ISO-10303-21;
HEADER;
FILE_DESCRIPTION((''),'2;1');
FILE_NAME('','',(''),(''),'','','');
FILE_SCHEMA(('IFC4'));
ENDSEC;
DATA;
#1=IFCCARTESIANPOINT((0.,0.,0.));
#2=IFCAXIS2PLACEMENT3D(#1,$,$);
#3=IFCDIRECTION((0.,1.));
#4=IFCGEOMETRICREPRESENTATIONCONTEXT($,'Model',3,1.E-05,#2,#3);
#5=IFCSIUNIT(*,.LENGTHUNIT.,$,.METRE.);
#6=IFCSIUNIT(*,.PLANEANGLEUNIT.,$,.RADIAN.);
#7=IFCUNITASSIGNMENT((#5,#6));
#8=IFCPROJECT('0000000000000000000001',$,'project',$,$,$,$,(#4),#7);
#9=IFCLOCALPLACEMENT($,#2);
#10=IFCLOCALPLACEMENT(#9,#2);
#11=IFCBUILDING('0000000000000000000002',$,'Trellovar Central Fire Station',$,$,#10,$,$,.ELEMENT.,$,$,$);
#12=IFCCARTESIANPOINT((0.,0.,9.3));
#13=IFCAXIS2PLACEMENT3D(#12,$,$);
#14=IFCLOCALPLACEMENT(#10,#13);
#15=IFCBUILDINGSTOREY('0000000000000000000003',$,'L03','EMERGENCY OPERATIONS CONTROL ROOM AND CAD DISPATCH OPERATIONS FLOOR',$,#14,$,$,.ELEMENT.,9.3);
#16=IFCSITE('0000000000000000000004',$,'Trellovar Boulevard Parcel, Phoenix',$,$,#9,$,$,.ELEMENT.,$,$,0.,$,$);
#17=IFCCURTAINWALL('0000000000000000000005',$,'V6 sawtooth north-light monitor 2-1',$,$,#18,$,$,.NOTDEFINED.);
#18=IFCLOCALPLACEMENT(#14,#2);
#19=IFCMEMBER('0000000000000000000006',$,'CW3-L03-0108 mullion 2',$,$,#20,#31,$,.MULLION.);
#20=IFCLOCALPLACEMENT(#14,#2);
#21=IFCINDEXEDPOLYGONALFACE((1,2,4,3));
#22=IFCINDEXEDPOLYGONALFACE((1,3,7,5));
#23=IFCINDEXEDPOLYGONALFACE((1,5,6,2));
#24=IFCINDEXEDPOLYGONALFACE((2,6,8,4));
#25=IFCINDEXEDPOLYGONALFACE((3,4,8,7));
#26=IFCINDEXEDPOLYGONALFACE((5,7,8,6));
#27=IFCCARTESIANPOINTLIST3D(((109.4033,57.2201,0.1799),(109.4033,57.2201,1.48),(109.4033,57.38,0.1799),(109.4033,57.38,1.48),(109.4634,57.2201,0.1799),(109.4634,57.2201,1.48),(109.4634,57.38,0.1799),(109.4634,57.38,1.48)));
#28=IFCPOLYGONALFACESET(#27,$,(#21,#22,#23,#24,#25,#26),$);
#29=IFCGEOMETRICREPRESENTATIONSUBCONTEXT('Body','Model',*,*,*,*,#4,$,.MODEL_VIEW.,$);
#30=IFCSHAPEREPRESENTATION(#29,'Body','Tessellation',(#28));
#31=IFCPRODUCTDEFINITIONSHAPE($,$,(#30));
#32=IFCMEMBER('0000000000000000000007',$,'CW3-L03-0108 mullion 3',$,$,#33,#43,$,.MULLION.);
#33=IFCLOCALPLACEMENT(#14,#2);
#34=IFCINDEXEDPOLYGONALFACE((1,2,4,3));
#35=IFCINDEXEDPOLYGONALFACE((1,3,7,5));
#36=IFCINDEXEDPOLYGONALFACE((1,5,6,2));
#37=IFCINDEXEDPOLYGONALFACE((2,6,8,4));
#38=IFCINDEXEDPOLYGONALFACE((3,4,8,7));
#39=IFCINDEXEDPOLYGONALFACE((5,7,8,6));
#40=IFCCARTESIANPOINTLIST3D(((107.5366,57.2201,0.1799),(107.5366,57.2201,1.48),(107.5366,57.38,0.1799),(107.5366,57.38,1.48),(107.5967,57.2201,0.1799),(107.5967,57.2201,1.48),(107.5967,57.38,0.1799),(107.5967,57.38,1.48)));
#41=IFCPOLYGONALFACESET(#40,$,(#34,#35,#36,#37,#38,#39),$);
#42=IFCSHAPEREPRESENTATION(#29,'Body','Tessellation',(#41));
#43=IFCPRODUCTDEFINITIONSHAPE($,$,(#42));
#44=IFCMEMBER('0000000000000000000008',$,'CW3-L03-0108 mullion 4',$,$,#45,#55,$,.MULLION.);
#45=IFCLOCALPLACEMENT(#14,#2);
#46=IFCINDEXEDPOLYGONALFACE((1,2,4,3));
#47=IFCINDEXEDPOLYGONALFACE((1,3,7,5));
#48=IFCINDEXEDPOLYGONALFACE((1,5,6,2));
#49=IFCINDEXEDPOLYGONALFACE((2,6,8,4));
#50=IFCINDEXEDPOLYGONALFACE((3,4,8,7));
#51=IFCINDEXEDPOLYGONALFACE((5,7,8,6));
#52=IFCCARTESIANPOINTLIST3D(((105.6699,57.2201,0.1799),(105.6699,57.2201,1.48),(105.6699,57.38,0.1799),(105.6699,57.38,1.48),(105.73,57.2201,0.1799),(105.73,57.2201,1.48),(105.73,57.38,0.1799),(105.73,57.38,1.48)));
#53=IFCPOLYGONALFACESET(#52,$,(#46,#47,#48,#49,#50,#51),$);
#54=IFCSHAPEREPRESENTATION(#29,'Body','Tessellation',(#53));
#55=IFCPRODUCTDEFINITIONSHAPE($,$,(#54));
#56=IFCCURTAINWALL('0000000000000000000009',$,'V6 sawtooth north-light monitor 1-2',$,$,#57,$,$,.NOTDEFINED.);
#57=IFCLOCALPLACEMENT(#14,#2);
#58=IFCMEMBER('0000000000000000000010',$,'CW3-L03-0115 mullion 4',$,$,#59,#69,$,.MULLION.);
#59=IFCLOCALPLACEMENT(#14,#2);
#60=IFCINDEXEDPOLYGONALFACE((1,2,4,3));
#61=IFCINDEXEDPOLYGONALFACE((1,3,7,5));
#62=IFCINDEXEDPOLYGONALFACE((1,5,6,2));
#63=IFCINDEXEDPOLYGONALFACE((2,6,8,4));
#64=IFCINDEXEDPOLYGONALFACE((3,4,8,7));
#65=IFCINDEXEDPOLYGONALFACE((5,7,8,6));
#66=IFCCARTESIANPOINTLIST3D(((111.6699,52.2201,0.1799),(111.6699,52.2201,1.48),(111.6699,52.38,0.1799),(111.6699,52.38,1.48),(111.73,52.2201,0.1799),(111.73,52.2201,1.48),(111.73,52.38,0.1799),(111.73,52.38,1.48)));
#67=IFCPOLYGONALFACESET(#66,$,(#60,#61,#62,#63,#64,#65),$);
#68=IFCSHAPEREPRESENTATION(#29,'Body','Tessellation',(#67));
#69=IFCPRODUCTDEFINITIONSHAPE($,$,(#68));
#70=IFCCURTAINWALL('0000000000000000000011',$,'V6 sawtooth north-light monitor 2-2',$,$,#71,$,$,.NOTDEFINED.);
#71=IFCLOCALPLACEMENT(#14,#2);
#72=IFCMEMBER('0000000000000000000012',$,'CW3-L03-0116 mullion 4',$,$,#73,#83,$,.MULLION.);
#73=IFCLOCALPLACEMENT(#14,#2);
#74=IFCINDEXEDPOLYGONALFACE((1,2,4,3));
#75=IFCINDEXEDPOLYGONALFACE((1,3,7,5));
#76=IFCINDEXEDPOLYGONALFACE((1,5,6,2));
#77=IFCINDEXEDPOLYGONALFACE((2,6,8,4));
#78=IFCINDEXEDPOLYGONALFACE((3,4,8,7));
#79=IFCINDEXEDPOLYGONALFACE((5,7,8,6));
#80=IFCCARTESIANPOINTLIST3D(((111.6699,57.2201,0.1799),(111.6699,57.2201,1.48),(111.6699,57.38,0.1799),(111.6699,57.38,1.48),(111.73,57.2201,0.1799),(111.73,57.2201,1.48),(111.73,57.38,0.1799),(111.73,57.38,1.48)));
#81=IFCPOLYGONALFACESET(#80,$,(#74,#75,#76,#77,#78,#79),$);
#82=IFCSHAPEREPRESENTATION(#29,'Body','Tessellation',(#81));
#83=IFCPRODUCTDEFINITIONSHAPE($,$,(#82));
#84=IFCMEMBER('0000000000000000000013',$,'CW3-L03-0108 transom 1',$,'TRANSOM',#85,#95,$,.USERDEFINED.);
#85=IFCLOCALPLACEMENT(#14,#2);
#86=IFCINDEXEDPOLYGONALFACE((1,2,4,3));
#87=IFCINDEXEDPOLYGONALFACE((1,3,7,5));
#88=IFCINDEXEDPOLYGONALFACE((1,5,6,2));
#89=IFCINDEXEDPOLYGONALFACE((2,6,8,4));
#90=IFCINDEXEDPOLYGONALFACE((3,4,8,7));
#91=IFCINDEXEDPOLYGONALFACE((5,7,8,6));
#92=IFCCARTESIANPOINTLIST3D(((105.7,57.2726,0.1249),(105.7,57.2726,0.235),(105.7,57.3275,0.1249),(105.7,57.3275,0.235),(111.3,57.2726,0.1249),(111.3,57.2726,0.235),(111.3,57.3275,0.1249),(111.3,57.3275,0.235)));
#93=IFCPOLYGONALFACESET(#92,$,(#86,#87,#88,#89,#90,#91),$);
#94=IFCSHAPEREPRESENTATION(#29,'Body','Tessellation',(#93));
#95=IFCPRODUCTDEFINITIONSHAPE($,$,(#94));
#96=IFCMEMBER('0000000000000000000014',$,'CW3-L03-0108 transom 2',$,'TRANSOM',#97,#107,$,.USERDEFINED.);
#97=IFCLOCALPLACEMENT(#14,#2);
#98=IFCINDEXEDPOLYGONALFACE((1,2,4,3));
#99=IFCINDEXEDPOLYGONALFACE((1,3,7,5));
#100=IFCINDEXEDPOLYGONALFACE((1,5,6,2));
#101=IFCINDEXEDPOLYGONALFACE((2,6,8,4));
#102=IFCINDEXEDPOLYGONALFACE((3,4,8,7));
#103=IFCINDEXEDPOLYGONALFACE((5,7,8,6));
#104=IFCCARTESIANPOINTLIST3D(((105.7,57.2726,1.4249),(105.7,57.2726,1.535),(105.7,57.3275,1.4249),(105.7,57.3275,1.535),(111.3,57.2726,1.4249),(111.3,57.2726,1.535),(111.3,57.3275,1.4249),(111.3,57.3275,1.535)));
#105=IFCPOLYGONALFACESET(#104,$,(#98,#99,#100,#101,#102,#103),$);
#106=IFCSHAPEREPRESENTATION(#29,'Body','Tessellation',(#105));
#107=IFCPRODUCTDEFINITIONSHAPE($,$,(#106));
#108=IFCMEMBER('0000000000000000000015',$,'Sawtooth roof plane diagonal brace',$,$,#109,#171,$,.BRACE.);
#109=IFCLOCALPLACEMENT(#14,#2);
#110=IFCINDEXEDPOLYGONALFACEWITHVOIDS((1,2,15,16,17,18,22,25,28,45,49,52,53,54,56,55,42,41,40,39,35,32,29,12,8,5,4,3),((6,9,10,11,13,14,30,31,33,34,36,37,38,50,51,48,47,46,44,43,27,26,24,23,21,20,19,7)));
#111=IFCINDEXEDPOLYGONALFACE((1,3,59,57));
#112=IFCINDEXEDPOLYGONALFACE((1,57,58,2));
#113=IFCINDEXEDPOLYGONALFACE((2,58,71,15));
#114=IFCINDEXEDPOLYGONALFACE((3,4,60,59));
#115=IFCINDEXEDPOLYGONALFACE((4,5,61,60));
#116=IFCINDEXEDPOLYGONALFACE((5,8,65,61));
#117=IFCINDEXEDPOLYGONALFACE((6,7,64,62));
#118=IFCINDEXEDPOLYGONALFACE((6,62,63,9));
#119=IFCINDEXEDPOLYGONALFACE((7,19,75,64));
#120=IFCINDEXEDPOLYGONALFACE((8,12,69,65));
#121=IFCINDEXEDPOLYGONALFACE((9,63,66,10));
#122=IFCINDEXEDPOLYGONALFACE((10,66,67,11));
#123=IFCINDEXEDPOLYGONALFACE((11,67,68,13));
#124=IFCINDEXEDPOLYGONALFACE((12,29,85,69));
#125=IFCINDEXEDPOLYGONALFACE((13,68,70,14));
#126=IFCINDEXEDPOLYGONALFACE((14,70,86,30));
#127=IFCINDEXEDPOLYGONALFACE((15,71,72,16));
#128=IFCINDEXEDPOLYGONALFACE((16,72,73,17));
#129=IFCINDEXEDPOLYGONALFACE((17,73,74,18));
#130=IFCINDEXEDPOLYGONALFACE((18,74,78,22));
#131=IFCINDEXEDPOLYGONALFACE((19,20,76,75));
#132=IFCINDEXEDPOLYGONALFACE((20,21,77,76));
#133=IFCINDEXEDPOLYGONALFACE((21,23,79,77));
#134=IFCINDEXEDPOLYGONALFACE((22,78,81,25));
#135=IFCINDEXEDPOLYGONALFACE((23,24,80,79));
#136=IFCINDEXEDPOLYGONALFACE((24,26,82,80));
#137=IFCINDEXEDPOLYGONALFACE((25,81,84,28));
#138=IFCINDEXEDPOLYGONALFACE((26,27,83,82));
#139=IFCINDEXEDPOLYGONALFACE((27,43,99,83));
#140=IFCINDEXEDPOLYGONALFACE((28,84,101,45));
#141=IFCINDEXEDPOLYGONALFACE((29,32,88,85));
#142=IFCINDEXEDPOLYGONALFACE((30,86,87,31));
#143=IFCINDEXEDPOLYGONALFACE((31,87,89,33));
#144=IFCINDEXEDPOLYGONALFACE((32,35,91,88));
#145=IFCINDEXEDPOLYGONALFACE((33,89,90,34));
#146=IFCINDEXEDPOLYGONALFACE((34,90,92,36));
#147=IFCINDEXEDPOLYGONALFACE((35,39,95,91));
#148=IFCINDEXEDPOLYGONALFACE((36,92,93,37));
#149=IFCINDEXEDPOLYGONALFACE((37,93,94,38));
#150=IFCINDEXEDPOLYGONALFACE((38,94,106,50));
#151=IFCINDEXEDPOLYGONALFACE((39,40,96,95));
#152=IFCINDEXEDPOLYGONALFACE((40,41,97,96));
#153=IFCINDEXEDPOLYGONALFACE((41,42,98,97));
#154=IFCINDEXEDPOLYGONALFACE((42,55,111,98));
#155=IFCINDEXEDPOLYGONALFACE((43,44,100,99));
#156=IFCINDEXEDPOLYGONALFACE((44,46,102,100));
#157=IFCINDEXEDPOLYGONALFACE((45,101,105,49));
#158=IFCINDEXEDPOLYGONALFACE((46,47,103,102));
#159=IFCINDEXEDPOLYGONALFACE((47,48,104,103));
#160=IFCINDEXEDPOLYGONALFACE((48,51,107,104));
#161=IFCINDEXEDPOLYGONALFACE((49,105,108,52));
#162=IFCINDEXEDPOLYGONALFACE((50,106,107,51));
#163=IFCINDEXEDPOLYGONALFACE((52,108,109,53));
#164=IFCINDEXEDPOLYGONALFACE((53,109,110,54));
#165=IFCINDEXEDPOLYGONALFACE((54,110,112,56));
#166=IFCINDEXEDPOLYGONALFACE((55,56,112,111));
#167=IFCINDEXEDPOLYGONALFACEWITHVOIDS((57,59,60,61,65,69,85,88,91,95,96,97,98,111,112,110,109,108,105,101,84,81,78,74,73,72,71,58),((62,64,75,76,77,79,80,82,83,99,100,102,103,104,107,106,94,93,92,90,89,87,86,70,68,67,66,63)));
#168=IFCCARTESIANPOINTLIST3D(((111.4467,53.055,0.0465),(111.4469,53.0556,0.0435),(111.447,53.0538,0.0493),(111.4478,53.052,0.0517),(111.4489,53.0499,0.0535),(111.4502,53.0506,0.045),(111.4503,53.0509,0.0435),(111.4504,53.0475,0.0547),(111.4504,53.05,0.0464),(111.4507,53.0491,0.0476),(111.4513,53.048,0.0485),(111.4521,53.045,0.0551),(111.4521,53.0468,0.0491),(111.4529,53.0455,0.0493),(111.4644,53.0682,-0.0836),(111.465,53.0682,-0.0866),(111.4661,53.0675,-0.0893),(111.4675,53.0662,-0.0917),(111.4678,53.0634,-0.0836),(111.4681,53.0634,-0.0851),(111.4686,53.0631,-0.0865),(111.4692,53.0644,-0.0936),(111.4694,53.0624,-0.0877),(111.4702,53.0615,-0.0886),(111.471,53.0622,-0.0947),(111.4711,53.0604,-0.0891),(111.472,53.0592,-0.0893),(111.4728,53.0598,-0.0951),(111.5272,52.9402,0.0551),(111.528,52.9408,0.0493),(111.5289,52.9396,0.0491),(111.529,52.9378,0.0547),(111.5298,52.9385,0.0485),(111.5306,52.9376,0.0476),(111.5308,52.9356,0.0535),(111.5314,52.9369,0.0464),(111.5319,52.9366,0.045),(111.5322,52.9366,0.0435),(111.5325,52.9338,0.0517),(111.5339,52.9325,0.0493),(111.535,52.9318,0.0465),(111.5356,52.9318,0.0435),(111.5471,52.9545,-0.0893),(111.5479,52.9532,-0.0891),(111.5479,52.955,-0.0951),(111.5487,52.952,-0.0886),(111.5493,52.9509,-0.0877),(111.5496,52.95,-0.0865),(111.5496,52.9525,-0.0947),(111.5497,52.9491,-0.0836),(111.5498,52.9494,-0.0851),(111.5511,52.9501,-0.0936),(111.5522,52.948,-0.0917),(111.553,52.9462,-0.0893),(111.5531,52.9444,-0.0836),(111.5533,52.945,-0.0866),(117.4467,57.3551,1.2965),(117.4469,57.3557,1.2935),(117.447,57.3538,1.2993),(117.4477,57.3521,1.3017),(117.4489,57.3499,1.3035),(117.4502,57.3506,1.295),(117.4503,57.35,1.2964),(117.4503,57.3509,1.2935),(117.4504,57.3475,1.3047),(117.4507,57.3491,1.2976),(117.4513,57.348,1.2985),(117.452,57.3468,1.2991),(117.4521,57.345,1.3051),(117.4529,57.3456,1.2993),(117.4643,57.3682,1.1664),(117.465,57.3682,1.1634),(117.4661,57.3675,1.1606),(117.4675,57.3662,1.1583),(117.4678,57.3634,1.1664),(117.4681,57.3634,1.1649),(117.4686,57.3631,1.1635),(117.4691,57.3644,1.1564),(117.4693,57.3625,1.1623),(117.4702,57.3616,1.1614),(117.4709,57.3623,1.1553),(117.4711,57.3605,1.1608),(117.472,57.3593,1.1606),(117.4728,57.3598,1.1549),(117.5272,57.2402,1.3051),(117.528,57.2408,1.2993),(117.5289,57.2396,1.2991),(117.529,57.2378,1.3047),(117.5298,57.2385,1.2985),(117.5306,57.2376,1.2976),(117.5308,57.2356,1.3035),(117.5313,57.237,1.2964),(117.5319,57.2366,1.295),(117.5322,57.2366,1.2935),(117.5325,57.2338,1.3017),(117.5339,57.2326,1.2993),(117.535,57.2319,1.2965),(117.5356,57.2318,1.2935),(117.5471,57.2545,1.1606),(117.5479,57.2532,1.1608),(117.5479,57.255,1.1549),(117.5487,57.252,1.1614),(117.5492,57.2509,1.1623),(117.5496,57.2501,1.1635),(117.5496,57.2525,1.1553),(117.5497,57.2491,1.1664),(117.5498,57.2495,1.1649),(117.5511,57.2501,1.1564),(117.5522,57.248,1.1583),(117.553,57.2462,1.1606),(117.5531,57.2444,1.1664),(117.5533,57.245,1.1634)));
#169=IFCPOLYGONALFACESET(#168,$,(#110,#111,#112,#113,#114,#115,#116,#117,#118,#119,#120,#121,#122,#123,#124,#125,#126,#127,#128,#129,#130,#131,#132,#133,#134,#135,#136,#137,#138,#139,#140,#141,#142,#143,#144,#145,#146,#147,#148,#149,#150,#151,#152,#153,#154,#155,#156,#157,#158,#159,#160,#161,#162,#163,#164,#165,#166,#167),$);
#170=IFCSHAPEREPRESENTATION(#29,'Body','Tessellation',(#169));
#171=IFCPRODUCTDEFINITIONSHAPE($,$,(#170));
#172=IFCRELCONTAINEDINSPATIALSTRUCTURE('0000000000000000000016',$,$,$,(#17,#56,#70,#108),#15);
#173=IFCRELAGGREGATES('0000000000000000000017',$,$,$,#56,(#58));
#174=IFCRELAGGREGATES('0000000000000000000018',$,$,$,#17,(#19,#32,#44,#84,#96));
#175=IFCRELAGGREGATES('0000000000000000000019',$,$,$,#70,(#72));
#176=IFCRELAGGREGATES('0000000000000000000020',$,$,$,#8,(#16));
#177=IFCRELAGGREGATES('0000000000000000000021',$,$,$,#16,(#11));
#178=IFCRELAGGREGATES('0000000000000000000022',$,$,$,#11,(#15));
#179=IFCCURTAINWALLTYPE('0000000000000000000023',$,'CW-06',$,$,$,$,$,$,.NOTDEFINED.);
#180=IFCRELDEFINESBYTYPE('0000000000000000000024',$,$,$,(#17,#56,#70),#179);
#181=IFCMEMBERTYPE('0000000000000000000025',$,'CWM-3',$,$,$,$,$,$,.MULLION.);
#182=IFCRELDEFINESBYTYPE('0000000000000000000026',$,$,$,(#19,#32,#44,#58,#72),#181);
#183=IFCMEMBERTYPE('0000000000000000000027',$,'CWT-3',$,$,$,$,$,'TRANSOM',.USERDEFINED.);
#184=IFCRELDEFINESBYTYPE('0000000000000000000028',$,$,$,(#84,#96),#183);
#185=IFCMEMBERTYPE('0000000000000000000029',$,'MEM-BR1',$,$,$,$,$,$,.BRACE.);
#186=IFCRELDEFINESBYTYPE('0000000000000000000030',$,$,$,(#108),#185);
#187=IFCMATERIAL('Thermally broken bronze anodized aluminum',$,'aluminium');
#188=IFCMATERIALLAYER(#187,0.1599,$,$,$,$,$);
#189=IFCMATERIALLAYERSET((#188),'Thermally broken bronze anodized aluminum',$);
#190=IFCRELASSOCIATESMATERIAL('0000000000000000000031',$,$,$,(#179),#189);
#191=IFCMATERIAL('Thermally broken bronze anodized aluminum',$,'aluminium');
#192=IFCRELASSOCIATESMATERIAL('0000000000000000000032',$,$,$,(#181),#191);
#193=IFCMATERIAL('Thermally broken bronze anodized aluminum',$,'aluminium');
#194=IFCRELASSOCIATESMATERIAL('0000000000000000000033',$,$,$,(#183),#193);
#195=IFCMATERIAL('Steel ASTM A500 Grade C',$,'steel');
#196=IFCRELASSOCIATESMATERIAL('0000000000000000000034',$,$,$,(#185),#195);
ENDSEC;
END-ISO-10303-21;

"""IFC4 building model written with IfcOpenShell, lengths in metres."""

from ifc_helpers import new_model, si_unit, direction, frame, origin, origin_2d, place, context, subcontext, project, spatial, rectangle, hollow_rectangle, extrude, material, layer, layer_set, material_profile, profile_set, type_object, element, aggregate, save


model = new_model("IFC4")

# Units and contexts
model_context = context("Model", 3, precision=1e-05, world=origin(), true_north=direction((0.0, 1.0)))
body_context = subcontext(model_context, "Body", "Model", "MODEL_VIEW")
ifc_project = project(units=[si_unit("LENGTHUNIT", "METRE"), si_unit("PLANEANGLEUNIT", "RADIAN")], contexts=[model_context])

# Site, building, storey
site_placement = place(None, origin())
site = spatial("IfcSite", under=ifc_project, at=site_placement, Name="Trellovar Boulevard Parcel, Phoenix", CompositionType="ELEMENT", RefElevation=0.0)
building_placement = place(site_placement, origin())
building = spatial("IfcBuilding", under=site, at=building_placement, Name="Trellovar Central Fire Station", CompositionType="ELEMENT")
storey_placement = place(building_placement, frame((0.0, 0.0, 9.3)))
storey = spatial("IfcBuildingStorey", under=building, at=storey_placement, Name="L03", Description="EMERGENCY OPERATIONS CONTROL ROOM AND CAD DISPATCH OPERATIONS FLOOR", CompositionType="ELEMENT", Elevation=9.3)

# Curtain wall, members
ifc_material_1 = material(Name="Thermally broken bronze anodized aluminum", Category="aluminium")
ifc_layer_1 = layer(ifc_material_1, 0.1599)
ifc_layer_set_1 = layer_set([ifc_layer_1], Name="Thermally broken bronze anodized aluminum")
curtain_wall_type = type_object("IfcCurtainWallType", Name="CW-06", PredefinedType="NOTDEFINED", material=ifc_layer_set_1)
curtain_wall_1_placement = place(storey_placement, origin())
curtain_wall_1 = element("IfcCurtainWall", 1, at=curtain_wall_1_placement, inside=storey, type_object=curtain_wall_type, Name="V6 sawtooth north-light monitor 2-1", PredefinedType="NOTDEFINED")
ifc_material_2 = material(Name="Thermally broken bronze anodized aluminum", Category="aluminium")
ifc_material_profile_1 = material_profile(ifc_material_2, rectangle(XDim=0.0601, YDim=0.1599, at=origin_2d()), Name="ALU60X160")
ifc_profile_set_1 = profile_set([ifc_material_profile_1], Name="Thermally broken bronze anodized aluminum")
member_type_1 = type_object("IfcMemberType", Name="CWM-3", PredefinedType="MULLION", material=ifc_profile_set_1)
member_1_placement = place(storey_placement, frame((109.4333, 57.3, 0.1799), z_axis=(0.0, 0.0, 1.0), x_axis=(1.0, 0.0, 0.0)))
member_1 = element("IfcMember", 2, at=member_1_placement, type_object=member_type_1, Name="CW3-L03-0108 mullion 2", PredefinedType="MULLION", context=body_context, shape_type="SweptSolid", body=[
    extrude(rectangle(XDim=0.0601, YDim=0.1599, at=origin_2d()), origin(), (0.0, 0.0, 1.0), 1.3),
])
member_2_placement = place(storey_placement, frame((107.5667, 57.3, 0.1799), z_axis=(0.0, 0.0, 1.0), x_axis=(1.0, 0.0, 0.0)))
member_2 = element("IfcMember", 3, at=member_2_placement, type_object=member_type_1, Name="CW3-L03-0108 mullion 3", PredefinedType="MULLION", context=body_context, shape_type="SweptSolid", body=[
    extrude(rectangle(XDim=0.0601, YDim=0.1599, at=origin_2d()), origin(), (0.0, 0.0, 1.0), 1.3),
])
member_3_placement = place(storey_placement, frame((105.7, 57.3, 0.1799), z_axis=(0.0, 0.0, 1.0), x_axis=(1.0, 0.0, 0.0)))
member_3 = element("IfcMember", 4, at=member_3_placement, type_object=member_type_1, Name="CW3-L03-0108 mullion 4", PredefinedType="MULLION", context=body_context, shape_type="SweptSolid", body=[
    extrude(rectangle(XDim=0.0601, YDim=0.1599, at=origin_2d()), origin(), (0.0, 0.0, 1.0), 1.3),
])

# Curtain walls, members
curtain_wall_2_placement = place(storey_placement, origin())
curtain_wall_2 = element("IfcCurtainWall", 5, at=curtain_wall_2_placement, inside=storey, type_object=curtain_wall_type, Name="V6 sawtooth north-light monitor 1-2", PredefinedType="NOTDEFINED")
member_4_placement = place(storey_placement, frame((111.7, 52.3, 0.1799), z_axis=(0.0, 0.0, 1.0), x_axis=(1.0, 0.0, 0.0)))
member_4 = element("IfcMember", 6, at=member_4_placement, type_object=member_type_1, Name="CW3-L03-0115 mullion 4", PredefinedType="MULLION", context=body_context, shape_type="SweptSolid", body=[
    extrude(rectangle(XDim=0.0601, YDim=0.1599, at=origin_2d()), origin(), (0.0, 0.0, 1.0), 1.3),
])
curtain_wall_3_placement = place(storey_placement, origin())
curtain_wall_3 = element("IfcCurtainWall", 7, at=curtain_wall_3_placement, inside=storey, type_object=curtain_wall_type, Name="V6 sawtooth north-light monitor 2-2", PredefinedType="NOTDEFINED")
member_5_placement = place(storey_placement, frame((111.7, 57.3, 0.1799), z_axis=(0.0, 0.0, 1.0), x_axis=(1.0, 0.0, 0.0)))
member_5 = element("IfcMember", 8, at=member_5_placement, type_object=member_type_1, Name="CW3-L03-0116 mullion 4", PredefinedType="MULLION", context=body_context, shape_type="SweptSolid", body=[
    extrude(rectangle(XDim=0.0601, YDim=0.1599, at=origin_2d()), origin(), (0.0, 0.0, 1.0), 1.3),
])

# Members
ifc_material_3 = material(Name="Thermally broken bronze anodized aluminum", Category="aluminium")
ifc_material_profile_2 = material_profile(ifc_material_3, rectangle(XDim=0.0549, YDim=0.1101, at=origin_2d()), Name="ALU55X110")
ifc_profile_set_2 = profile_set([ifc_material_profile_2], Name="Thermally broken bronze anodized aluminum")
member_type_2 = type_object("IfcMemberType", Name="CWT-3", ElementType="TRANSOM", PredefinedType="USERDEFINED", material=ifc_profile_set_2)
member_6_placement = place(storey_placement, frame((111.3, 57.3, 0.1799), z_axis=(-1.0, 0.0, 0.0), x_axis=(0.0, -1.0, 0.0)))
member_6 = element("IfcMember", 9, at=member_6_placement, type_object=member_type_2, Name="CW3-L03-0108 transom 1", ObjectType="TRANSOM", PredefinedType="USERDEFINED", context=body_context, shape_type="SweptSolid", body=[
    extrude(rectangle(XDim=0.0549, YDim=0.1101, at=origin_2d()), origin(), (0.0, 0.0, 1.0), 5.6001),
])
member_7_placement = place(storey_placement, frame((111.3, 57.3, 1.48), z_axis=(-1.0, 0.0, 0.0), x_axis=(0.0, -1.0, 0.0)))
member_7 = element("IfcMember", 10, at=member_7_placement, type_object=member_type_2, Name="CW3-L03-0108 transom 2", ObjectType="TRANSOM", PredefinedType="USERDEFINED", context=body_context, shape_type="SweptSolid", body=[
    extrude(rectangle(XDim=0.0549, YDim=0.1101, at=origin_2d()), origin(), (0.0, 0.0, 1.0), 5.6001),
])

# Member
ifc_material_4 = material(Name="Steel ASTM A500 Grade C", Category="steel")
ifc_material_profile_3 = material_profile(ifc_material_4, hollow_rectangle(XDim=0.1523, YDim=0.1523, WallThickness=0.0059, InnerFilletRadius=0.0059, OuterFilletRadius=0.0117, at=origin_2d()), Name="HSS6X6X1/4")
ifc_profile_set_3 = profile_set([ifc_material_profile_3], Name="Steel ASTM A500 Grade C")
member_type_3 = type_object("IfcMemberType", Name="MEM-BR1", PredefinedType="BRACE", material=ifc_profile_set_3)
member_8_placement = place(storey_placement, frame((111.5, 53.0, -0.02), z_axis=(0.801405, 0.574347, 0.166959), x_axis=(-0.582523, 0.812814, 0.0)))
element("IfcMember", 11, at=member_8_placement, inside=storey, type_object=member_type_3, Name="Sawtooth roof plane diagonal brace", PredefinedType="BRACE", context=body_context, shape_type="SweptSolid", body=[
    extrude(hollow_rectangle(XDim=0.1523, YDim=0.1523, WallThickness=0.0059, InnerFilletRadius=0.0059, OuterFilletRadius=0.0117, at=origin_2d()), origin(), (0.0, 0.0, 1.0), 7.4868),
])

aggregate(curtain_wall_2, [member_4])
aggregate(curtain_wall_1, [member_1, member_2, member_3, member_6, member_7])
aggregate(curtain_wall_3, [member_5])

save(model, "model.ifc")
